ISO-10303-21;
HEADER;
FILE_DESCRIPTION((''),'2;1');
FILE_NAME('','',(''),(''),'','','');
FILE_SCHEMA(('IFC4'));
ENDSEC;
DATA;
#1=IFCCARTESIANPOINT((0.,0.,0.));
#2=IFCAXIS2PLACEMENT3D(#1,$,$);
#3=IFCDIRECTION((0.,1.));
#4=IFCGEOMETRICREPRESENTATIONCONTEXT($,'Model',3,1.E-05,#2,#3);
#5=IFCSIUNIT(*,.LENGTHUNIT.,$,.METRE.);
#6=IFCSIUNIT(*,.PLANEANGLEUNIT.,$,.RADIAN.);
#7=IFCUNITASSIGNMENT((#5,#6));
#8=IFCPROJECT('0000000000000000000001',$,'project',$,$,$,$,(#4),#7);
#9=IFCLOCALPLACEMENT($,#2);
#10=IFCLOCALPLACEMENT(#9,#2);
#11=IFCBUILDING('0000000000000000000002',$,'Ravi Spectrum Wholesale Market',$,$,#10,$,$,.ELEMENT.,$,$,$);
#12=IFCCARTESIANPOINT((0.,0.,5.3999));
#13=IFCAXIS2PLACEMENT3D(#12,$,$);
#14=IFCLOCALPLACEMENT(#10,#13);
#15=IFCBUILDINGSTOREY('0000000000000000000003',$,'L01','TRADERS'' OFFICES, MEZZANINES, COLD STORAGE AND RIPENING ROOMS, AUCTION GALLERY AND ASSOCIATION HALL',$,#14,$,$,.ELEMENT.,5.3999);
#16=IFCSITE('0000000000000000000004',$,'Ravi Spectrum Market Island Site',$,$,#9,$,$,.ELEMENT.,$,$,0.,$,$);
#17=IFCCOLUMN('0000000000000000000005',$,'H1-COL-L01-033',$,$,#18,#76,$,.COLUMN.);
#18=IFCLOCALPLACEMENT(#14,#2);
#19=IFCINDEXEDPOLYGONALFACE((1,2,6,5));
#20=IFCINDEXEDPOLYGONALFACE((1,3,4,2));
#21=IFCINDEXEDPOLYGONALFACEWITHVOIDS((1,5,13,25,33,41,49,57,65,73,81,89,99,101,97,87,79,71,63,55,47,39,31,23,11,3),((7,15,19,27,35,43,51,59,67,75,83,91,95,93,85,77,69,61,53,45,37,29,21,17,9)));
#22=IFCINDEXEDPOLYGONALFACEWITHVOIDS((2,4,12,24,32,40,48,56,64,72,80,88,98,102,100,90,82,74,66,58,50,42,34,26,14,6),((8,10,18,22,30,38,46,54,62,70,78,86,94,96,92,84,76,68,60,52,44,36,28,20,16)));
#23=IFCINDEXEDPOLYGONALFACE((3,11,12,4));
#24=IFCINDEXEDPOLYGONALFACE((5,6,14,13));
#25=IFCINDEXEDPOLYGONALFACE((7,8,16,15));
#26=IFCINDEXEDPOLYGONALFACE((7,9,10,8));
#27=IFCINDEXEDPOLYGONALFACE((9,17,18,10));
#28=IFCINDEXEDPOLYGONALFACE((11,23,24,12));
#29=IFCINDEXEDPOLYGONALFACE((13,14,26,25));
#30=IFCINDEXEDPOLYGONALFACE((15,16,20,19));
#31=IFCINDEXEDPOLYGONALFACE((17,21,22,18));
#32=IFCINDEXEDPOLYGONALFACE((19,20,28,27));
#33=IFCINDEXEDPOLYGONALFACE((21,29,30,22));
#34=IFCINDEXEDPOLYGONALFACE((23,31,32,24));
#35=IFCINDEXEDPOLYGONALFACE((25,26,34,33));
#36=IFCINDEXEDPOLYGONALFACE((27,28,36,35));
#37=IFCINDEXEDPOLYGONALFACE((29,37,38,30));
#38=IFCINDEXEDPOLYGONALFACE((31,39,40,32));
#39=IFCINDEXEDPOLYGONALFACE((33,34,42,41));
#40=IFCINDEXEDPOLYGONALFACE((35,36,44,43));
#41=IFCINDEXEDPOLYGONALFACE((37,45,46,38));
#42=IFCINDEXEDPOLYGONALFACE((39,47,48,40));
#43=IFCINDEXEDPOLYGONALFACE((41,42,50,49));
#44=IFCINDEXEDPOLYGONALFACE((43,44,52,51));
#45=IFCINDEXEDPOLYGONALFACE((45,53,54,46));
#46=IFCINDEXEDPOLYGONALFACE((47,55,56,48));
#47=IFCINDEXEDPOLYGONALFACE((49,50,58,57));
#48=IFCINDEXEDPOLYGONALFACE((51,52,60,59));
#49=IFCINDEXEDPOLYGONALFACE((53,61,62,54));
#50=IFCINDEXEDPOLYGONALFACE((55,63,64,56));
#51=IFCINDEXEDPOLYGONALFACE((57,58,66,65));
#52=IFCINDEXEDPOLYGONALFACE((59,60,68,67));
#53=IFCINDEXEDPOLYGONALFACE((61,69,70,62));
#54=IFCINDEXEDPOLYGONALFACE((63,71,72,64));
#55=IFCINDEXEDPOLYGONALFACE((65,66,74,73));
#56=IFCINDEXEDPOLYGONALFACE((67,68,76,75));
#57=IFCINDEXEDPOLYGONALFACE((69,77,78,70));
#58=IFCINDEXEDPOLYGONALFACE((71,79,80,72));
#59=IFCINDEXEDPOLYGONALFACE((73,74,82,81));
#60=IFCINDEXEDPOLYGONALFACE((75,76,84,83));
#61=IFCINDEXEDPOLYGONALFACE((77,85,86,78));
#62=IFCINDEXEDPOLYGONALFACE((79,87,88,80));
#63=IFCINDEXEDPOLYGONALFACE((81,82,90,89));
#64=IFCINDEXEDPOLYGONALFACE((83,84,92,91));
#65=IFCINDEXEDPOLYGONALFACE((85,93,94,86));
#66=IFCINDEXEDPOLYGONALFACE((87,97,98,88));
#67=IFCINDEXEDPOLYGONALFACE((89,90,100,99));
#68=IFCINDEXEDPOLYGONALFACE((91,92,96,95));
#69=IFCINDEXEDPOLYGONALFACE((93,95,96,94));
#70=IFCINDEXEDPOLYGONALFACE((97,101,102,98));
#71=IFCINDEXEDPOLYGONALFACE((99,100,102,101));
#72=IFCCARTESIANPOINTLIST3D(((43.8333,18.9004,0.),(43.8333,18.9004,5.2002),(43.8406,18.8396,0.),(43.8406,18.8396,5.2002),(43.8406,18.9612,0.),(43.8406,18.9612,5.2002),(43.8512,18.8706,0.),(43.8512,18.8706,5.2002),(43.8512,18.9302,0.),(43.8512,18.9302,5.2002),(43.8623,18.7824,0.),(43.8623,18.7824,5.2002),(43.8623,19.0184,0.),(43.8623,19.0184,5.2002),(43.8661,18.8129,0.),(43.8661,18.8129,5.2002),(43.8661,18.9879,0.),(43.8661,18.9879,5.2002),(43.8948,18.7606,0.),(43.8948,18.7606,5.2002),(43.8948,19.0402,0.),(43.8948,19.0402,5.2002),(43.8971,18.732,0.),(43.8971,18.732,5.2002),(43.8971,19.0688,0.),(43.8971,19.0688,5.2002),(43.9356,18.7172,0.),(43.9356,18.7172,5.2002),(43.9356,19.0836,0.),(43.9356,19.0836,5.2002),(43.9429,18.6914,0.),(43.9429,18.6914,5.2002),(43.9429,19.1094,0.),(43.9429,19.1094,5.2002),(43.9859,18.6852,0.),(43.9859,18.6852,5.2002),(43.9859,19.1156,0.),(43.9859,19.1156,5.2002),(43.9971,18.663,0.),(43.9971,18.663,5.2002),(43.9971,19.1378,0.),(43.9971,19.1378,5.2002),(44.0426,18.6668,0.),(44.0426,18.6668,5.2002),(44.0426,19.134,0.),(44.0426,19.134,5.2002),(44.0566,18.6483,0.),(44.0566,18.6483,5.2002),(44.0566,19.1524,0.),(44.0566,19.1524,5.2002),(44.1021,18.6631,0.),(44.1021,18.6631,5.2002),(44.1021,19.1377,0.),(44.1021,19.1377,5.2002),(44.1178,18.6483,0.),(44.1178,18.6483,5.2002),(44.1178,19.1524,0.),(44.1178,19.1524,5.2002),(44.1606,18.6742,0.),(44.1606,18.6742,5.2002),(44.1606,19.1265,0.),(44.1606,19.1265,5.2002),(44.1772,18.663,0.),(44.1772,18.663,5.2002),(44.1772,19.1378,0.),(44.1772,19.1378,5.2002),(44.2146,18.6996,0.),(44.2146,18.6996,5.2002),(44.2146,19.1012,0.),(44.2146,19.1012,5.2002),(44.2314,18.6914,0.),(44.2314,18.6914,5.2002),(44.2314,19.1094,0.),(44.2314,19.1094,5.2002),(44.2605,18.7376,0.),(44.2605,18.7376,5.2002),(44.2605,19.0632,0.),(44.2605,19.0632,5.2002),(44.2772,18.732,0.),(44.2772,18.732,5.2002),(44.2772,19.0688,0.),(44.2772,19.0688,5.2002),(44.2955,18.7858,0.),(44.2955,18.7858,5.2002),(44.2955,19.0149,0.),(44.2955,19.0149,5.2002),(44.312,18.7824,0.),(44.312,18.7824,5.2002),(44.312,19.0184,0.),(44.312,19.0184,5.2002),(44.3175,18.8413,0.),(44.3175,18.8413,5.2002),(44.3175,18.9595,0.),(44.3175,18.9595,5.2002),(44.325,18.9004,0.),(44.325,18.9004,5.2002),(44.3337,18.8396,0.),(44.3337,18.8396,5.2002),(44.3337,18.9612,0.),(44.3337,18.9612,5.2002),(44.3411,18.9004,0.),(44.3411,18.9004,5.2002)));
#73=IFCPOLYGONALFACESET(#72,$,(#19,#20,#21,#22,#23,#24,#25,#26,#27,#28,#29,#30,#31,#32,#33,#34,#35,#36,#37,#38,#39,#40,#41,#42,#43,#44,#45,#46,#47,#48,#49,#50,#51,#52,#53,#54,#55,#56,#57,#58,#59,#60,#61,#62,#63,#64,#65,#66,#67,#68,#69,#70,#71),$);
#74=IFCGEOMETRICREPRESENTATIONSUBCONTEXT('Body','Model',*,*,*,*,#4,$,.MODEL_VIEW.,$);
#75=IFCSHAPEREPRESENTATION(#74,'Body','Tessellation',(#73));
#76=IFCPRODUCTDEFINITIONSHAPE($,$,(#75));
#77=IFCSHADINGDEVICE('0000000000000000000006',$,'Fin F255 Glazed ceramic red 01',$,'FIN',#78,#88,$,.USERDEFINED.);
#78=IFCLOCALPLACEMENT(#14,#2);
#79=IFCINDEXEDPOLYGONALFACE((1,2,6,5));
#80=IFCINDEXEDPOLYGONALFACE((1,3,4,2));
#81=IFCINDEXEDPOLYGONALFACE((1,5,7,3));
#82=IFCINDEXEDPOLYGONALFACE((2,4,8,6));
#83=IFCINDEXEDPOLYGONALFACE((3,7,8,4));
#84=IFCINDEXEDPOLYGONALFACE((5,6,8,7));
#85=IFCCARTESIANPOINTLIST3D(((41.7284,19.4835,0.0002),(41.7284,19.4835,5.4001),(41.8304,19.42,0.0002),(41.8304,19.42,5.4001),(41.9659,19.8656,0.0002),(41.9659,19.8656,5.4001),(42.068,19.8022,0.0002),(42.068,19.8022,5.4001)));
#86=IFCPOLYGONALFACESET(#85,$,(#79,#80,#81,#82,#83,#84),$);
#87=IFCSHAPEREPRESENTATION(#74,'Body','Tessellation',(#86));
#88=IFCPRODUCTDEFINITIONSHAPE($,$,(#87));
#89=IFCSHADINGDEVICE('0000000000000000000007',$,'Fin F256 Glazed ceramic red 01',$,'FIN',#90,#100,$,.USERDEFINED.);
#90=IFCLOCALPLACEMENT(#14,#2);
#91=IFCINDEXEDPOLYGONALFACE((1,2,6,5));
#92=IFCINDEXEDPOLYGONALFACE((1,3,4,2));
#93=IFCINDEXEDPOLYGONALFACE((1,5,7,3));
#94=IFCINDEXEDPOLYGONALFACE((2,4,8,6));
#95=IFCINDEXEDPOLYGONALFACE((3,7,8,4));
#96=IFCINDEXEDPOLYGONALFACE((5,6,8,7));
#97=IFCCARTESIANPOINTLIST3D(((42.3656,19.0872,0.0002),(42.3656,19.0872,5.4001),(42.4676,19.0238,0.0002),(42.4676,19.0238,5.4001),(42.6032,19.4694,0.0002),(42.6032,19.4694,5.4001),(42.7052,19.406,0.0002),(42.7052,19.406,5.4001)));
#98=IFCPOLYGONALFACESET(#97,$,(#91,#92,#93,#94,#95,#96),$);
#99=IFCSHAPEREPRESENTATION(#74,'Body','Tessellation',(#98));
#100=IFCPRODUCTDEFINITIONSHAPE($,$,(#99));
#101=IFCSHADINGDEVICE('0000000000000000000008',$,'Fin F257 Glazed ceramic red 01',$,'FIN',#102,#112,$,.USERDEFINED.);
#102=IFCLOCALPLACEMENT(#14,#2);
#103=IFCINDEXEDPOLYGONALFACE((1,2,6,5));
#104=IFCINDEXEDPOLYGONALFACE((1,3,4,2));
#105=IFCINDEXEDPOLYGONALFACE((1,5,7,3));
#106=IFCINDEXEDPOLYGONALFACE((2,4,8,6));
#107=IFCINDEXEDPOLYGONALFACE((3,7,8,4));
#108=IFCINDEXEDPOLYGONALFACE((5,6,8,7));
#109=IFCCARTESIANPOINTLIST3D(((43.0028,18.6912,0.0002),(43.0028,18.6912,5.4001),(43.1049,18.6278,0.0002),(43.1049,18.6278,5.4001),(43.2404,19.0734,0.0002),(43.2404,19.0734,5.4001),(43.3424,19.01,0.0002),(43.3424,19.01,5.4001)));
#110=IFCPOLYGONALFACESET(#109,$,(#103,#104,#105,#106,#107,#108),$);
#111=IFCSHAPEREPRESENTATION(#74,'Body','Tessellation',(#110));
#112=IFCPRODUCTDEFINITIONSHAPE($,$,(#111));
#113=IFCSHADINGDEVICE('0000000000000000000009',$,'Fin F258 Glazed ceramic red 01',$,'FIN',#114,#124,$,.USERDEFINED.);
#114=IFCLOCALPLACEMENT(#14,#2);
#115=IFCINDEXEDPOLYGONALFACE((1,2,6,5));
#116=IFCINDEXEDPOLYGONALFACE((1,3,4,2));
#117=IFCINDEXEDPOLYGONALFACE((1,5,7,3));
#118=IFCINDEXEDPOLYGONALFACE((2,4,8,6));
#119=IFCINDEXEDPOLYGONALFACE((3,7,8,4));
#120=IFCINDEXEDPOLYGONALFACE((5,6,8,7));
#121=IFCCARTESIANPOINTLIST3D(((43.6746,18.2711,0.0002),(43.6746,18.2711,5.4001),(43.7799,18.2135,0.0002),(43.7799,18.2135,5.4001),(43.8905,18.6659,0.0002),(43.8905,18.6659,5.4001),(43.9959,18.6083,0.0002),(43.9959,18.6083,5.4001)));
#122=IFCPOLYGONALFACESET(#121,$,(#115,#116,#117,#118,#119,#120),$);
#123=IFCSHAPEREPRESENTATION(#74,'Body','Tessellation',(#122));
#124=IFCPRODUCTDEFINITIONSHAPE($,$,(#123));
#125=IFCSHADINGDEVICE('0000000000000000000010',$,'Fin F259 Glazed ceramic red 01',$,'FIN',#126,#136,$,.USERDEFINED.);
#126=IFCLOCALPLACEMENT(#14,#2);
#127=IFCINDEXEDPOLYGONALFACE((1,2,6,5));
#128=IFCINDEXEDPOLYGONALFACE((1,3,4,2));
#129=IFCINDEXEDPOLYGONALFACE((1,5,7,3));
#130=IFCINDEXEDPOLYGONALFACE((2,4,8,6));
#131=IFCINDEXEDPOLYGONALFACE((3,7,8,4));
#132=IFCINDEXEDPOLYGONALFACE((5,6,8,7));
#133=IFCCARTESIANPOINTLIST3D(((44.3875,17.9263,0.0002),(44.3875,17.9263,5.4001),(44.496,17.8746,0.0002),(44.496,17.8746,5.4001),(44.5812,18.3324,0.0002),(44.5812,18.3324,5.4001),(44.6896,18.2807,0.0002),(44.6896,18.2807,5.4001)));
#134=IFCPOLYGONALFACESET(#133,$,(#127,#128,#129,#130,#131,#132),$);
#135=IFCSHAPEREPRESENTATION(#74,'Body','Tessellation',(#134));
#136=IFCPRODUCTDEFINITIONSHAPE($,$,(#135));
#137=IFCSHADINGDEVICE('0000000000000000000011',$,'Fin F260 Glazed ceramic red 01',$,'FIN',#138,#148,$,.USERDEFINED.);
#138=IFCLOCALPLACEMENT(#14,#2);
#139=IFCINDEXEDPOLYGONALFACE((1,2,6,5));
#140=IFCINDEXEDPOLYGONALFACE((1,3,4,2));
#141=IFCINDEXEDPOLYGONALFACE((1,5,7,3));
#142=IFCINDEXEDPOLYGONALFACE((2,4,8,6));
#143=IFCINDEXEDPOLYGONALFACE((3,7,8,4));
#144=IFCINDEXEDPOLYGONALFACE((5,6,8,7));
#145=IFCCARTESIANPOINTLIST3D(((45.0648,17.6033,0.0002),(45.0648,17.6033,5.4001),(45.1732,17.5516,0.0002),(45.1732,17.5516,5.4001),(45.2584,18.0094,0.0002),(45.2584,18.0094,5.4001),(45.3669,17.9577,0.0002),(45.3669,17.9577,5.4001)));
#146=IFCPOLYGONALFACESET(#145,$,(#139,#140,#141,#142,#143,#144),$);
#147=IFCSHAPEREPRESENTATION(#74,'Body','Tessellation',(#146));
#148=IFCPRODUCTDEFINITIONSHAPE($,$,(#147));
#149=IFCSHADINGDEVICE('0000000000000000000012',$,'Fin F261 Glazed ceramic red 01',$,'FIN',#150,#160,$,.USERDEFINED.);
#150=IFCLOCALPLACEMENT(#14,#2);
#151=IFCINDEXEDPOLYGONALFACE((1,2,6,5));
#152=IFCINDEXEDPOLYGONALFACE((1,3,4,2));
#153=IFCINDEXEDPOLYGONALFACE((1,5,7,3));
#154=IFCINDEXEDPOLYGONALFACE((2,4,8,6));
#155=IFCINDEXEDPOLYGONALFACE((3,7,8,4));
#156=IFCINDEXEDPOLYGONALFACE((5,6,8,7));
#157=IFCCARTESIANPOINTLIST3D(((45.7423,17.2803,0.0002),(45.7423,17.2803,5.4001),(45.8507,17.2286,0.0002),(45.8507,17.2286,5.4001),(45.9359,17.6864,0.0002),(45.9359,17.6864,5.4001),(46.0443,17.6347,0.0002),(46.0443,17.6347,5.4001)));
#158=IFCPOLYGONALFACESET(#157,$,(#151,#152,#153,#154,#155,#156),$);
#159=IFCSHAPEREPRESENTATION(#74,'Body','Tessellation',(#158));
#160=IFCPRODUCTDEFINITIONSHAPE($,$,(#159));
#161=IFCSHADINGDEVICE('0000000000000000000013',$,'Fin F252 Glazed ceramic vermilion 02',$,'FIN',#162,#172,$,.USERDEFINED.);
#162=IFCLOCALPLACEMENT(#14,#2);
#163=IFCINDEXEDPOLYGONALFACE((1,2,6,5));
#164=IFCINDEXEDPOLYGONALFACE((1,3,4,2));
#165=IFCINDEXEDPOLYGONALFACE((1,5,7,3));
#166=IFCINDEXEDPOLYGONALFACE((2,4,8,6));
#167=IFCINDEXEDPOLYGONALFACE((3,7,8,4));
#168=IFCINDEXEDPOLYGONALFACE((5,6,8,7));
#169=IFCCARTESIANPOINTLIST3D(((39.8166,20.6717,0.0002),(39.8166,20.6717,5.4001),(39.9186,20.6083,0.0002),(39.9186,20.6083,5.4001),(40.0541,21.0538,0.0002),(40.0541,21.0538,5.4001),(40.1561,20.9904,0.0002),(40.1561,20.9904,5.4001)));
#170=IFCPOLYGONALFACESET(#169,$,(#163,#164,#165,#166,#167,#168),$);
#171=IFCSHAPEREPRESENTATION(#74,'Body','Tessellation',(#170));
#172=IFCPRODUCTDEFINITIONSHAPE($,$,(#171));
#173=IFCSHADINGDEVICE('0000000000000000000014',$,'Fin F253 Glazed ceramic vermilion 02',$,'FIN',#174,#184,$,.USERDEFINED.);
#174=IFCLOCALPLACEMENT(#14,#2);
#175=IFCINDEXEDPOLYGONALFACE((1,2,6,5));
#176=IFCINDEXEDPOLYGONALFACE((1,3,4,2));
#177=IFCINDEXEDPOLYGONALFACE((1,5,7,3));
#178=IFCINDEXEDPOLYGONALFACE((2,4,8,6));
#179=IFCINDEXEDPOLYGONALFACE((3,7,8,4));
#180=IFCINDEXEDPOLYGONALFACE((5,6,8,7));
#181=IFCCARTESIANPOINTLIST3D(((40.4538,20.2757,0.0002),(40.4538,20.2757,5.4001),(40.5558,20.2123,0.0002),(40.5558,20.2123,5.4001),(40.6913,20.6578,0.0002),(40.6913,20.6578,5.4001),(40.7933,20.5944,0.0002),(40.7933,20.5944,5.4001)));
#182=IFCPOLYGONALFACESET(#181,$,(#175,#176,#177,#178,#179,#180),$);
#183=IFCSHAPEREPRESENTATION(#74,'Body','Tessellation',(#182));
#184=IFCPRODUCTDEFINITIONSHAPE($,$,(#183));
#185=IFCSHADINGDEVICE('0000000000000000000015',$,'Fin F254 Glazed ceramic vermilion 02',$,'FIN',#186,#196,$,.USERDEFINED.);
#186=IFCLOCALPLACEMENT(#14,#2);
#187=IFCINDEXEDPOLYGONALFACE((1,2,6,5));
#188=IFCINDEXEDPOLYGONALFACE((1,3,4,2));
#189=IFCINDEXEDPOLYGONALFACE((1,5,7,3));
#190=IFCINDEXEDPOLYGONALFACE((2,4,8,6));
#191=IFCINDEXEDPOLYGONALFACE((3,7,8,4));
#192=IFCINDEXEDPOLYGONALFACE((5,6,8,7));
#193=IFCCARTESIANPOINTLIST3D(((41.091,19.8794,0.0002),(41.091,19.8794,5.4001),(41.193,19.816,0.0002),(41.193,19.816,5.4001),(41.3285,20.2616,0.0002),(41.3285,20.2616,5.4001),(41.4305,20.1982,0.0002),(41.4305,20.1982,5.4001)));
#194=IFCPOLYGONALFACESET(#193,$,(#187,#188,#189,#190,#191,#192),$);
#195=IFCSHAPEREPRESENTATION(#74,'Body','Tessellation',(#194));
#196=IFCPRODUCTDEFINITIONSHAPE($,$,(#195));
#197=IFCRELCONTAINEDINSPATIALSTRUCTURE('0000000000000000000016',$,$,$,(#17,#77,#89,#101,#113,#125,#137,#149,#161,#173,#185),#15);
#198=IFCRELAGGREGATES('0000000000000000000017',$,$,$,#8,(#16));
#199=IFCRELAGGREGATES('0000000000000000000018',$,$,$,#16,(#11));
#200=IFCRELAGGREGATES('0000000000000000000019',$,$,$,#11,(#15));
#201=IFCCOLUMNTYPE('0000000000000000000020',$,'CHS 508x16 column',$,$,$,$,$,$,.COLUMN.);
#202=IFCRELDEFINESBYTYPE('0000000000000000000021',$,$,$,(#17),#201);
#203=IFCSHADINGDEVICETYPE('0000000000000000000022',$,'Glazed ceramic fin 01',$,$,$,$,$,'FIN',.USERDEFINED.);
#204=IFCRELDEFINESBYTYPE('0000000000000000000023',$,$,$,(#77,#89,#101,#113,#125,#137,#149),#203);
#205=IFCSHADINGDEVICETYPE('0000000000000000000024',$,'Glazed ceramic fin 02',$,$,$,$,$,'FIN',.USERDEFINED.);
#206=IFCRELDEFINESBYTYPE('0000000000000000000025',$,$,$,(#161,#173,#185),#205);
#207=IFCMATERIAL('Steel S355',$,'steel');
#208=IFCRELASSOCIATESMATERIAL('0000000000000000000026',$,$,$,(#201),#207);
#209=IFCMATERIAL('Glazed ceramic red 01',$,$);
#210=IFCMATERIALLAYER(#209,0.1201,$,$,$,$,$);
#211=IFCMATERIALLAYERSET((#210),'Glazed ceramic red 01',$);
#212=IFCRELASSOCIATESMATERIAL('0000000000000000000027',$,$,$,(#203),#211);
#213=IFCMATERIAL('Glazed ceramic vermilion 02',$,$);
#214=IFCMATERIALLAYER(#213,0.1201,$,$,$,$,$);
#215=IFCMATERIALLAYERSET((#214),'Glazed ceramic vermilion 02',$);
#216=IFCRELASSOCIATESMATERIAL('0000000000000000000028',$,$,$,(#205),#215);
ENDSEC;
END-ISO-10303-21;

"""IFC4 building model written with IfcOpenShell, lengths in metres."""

from ifc_helpers import new_model, si_unit, direction, frame, origin, origin_2d, place, context, subcontext, project, spatial, rectangle, hollow_circle, extrude, material, layer, layer_set, material_profile, profile_set, type_object, element, save


model = new_model("IFC4")

# Units and contexts
model_context = context("Model", 3, precision=1e-05, world=origin(), true_north=direction((0.0, 1.0)))
body_context = subcontext(model_context, "Body", "Model", "MODEL_VIEW")
ifc_project = project(units=[si_unit("LENGTHUNIT", "METRE"), si_unit("PLANEANGLEUNIT", "RADIAN")], contexts=[model_context])

# Site, building, storey
site_placement = place(None, origin())
site = spatial("IfcSite", under=ifc_project, at=site_placement, Name="Ravi Spectrum Market Island Site", CompositionType="ELEMENT", RefElevation=0.0)
building_placement = place(site_placement, origin())
building = spatial("IfcBuilding", under=site, at=building_placement, Name="Ravi Spectrum Wholesale Market", CompositionType="ELEMENT")
storey_placement = place(building_placement, frame((0.0, 0.0, 5.3999)))
storey = spatial("IfcBuildingStorey", under=building, at=storey_placement, Name="L01", Description="TRADERS' OFFICES, MEZZANINES, COLD STORAGE AND RIPENING ROOMS, AUCTION GALLERY AND ASSOCIATION HALL", CompositionType="ELEMENT", Elevation=5.3999)

# Column
ifc_material_1 = material(Name="Steel S355", Category="steel")
ifc_material_profile_1 = material_profile(ifc_material_1, hollow_circle(Radius=0.2539, WallThickness=0.0161, at=origin_2d()))
ifc_profile_set_1 = profile_set([ifc_material_profile_1], Name="Steel S355")
column_type = type_object("IfcColumnType", Name="CHS 508x16 column", PredefinedType="COLUMN", material=ifc_profile_set_1)
column_placement = place(storey_placement, frame((44.0872, 18.9004, 0.0), z_axis=(0.0, 0.0, 1.0), x_axis=(1.0, 0.0, 0.0)))
element("IfcColumn", 1, at=column_placement, inside=storey, type_object=column_type, Name="H1-COL-L01-033", PredefinedType="COLUMN", context=body_context, shape_type="SweptSolid", body=[
    extrude(hollow_circle(Radius=0.2539, WallThickness=0.0161, at=origin_2d()), origin(), (0.0, 0.0, 1.0), 5.2002),
])

# Shading devices
ifc_material_2 = material(Name="Glazed ceramic red 01")
ifc_layer_1 = layer(ifc_material_2, 0.1201)
ifc_layer_set_1 = layer_set([ifc_layer_1], Name="Glazed ceramic red 01")
shading_device_type_1 = type_object("IfcShadingDeviceType", Name="Glazed ceramic fin 01", ElementType="FIN", PredefinedType="USERDEFINED", material=ifc_layer_set_1)
for number, where, z_axis, x_axis, name in (
    (2, (41.8982, 19.6428, 0.0002), (0.0, 0.0, 1.0), (0.849312, -0.527891, 0.0), "Fin F255 Glazed ceramic red 01"),
    (3, (42.5354, 19.2466, 0.0002), (0.0, 0.0, 1.0), (0.849312, -0.527891, 0.0), "Fin F256 Glazed ceramic red 01"),
    (4, (43.1726, 18.8506, 0.0002), (0.0, 0.0, 1.0), (0.849312, -0.527891, 0.0), "Fin F257 Glazed ceramic red 01"),
    (5, (43.8352, 18.4397, 0.0002), (0.0, 0.0, 1.0), (0.877341, -0.479867, 0.0), "Fin F258 Glazed ceramic red 01"),
    (6, (44.5386, 18.1035, 0.0002), (0.0, 0.0, 1.0), (0.902657, -0.43036, 0.0), "Fin F259 Glazed ceramic red 01"),
    (7, (45.2158, 17.7805, 0.0002), (0.0, 0.0, 1.0), (0.902657, -0.43036, 0.0), "Fin F260 Glazed ceramic red 01"),
    (8, (45.8933, 17.4575, 0.0002), (0.0, 0.0, 1.0), (0.902657, -0.43036, 0.0), "Fin F261 Glazed ceramic red 01"),
):
    element("IfcShadingDevice", number, at=place(storey_placement, frame(where, z_axis=z_axis, x_axis=x_axis)), inside=storey, type_object=shading_device_type_1, Name=name, ObjectType="FIN", PredefinedType="USERDEFINED", context=body_context, shape_type="SweptSolid", body=[
        extrude(rectangle(XDim=0.1201, YDim=0.45, at=origin_2d()), origin(), (0.0, 0.0, 1.0), 5.3999),
    ])
ifc_material_3 = material(Name="Glazed ceramic vermilion 02")
ifc_layer_2 = layer(ifc_material_3, 0.1201)
ifc_layer_set_2 = layer_set([ifc_layer_2], Name="Glazed ceramic vermilion 02")
shading_device_type_2 = type_object("IfcShadingDeviceType", Name="Glazed ceramic fin 02", ElementType="FIN", PredefinedType="USERDEFINED", material=ifc_layer_set_2)
for number, where, z_axis, x_axis, name in (
    (9, (39.9863, 20.8311, 0.0002), (0.0, 0.0, 1.0), (0.849312, -0.527891, 0.0), "Fin F252 Glazed ceramic vermilion 02"),
    (10, (40.6235, 20.4351, 0.0002), (0.0, 0.0, 1.0), (0.849312, -0.527891, 0.0), "Fin F253 Glazed ceramic vermilion 02"),
    (11, (41.2607, 20.0388, 0.0002), (0.0, 0.0, 1.0), (0.849312, -0.527891, 0.0), "Fin F254 Glazed ceramic vermilion 02"),
):
    element("IfcShadingDevice", number, at=place(storey_placement, frame(where, z_axis=z_axis, x_axis=x_axis)), inside=storey, type_object=shading_device_type_2, Name=name, ObjectType="FIN", PredefinedType="USERDEFINED", context=body_context, shape_type="SweptSolid", body=[
        extrude(rectangle(XDim=0.1201, YDim=0.45, at=origin_2d()), origin(), (0.0, 0.0, 1.0), 5.3999),
    ])

save(model, "model.ifc")
